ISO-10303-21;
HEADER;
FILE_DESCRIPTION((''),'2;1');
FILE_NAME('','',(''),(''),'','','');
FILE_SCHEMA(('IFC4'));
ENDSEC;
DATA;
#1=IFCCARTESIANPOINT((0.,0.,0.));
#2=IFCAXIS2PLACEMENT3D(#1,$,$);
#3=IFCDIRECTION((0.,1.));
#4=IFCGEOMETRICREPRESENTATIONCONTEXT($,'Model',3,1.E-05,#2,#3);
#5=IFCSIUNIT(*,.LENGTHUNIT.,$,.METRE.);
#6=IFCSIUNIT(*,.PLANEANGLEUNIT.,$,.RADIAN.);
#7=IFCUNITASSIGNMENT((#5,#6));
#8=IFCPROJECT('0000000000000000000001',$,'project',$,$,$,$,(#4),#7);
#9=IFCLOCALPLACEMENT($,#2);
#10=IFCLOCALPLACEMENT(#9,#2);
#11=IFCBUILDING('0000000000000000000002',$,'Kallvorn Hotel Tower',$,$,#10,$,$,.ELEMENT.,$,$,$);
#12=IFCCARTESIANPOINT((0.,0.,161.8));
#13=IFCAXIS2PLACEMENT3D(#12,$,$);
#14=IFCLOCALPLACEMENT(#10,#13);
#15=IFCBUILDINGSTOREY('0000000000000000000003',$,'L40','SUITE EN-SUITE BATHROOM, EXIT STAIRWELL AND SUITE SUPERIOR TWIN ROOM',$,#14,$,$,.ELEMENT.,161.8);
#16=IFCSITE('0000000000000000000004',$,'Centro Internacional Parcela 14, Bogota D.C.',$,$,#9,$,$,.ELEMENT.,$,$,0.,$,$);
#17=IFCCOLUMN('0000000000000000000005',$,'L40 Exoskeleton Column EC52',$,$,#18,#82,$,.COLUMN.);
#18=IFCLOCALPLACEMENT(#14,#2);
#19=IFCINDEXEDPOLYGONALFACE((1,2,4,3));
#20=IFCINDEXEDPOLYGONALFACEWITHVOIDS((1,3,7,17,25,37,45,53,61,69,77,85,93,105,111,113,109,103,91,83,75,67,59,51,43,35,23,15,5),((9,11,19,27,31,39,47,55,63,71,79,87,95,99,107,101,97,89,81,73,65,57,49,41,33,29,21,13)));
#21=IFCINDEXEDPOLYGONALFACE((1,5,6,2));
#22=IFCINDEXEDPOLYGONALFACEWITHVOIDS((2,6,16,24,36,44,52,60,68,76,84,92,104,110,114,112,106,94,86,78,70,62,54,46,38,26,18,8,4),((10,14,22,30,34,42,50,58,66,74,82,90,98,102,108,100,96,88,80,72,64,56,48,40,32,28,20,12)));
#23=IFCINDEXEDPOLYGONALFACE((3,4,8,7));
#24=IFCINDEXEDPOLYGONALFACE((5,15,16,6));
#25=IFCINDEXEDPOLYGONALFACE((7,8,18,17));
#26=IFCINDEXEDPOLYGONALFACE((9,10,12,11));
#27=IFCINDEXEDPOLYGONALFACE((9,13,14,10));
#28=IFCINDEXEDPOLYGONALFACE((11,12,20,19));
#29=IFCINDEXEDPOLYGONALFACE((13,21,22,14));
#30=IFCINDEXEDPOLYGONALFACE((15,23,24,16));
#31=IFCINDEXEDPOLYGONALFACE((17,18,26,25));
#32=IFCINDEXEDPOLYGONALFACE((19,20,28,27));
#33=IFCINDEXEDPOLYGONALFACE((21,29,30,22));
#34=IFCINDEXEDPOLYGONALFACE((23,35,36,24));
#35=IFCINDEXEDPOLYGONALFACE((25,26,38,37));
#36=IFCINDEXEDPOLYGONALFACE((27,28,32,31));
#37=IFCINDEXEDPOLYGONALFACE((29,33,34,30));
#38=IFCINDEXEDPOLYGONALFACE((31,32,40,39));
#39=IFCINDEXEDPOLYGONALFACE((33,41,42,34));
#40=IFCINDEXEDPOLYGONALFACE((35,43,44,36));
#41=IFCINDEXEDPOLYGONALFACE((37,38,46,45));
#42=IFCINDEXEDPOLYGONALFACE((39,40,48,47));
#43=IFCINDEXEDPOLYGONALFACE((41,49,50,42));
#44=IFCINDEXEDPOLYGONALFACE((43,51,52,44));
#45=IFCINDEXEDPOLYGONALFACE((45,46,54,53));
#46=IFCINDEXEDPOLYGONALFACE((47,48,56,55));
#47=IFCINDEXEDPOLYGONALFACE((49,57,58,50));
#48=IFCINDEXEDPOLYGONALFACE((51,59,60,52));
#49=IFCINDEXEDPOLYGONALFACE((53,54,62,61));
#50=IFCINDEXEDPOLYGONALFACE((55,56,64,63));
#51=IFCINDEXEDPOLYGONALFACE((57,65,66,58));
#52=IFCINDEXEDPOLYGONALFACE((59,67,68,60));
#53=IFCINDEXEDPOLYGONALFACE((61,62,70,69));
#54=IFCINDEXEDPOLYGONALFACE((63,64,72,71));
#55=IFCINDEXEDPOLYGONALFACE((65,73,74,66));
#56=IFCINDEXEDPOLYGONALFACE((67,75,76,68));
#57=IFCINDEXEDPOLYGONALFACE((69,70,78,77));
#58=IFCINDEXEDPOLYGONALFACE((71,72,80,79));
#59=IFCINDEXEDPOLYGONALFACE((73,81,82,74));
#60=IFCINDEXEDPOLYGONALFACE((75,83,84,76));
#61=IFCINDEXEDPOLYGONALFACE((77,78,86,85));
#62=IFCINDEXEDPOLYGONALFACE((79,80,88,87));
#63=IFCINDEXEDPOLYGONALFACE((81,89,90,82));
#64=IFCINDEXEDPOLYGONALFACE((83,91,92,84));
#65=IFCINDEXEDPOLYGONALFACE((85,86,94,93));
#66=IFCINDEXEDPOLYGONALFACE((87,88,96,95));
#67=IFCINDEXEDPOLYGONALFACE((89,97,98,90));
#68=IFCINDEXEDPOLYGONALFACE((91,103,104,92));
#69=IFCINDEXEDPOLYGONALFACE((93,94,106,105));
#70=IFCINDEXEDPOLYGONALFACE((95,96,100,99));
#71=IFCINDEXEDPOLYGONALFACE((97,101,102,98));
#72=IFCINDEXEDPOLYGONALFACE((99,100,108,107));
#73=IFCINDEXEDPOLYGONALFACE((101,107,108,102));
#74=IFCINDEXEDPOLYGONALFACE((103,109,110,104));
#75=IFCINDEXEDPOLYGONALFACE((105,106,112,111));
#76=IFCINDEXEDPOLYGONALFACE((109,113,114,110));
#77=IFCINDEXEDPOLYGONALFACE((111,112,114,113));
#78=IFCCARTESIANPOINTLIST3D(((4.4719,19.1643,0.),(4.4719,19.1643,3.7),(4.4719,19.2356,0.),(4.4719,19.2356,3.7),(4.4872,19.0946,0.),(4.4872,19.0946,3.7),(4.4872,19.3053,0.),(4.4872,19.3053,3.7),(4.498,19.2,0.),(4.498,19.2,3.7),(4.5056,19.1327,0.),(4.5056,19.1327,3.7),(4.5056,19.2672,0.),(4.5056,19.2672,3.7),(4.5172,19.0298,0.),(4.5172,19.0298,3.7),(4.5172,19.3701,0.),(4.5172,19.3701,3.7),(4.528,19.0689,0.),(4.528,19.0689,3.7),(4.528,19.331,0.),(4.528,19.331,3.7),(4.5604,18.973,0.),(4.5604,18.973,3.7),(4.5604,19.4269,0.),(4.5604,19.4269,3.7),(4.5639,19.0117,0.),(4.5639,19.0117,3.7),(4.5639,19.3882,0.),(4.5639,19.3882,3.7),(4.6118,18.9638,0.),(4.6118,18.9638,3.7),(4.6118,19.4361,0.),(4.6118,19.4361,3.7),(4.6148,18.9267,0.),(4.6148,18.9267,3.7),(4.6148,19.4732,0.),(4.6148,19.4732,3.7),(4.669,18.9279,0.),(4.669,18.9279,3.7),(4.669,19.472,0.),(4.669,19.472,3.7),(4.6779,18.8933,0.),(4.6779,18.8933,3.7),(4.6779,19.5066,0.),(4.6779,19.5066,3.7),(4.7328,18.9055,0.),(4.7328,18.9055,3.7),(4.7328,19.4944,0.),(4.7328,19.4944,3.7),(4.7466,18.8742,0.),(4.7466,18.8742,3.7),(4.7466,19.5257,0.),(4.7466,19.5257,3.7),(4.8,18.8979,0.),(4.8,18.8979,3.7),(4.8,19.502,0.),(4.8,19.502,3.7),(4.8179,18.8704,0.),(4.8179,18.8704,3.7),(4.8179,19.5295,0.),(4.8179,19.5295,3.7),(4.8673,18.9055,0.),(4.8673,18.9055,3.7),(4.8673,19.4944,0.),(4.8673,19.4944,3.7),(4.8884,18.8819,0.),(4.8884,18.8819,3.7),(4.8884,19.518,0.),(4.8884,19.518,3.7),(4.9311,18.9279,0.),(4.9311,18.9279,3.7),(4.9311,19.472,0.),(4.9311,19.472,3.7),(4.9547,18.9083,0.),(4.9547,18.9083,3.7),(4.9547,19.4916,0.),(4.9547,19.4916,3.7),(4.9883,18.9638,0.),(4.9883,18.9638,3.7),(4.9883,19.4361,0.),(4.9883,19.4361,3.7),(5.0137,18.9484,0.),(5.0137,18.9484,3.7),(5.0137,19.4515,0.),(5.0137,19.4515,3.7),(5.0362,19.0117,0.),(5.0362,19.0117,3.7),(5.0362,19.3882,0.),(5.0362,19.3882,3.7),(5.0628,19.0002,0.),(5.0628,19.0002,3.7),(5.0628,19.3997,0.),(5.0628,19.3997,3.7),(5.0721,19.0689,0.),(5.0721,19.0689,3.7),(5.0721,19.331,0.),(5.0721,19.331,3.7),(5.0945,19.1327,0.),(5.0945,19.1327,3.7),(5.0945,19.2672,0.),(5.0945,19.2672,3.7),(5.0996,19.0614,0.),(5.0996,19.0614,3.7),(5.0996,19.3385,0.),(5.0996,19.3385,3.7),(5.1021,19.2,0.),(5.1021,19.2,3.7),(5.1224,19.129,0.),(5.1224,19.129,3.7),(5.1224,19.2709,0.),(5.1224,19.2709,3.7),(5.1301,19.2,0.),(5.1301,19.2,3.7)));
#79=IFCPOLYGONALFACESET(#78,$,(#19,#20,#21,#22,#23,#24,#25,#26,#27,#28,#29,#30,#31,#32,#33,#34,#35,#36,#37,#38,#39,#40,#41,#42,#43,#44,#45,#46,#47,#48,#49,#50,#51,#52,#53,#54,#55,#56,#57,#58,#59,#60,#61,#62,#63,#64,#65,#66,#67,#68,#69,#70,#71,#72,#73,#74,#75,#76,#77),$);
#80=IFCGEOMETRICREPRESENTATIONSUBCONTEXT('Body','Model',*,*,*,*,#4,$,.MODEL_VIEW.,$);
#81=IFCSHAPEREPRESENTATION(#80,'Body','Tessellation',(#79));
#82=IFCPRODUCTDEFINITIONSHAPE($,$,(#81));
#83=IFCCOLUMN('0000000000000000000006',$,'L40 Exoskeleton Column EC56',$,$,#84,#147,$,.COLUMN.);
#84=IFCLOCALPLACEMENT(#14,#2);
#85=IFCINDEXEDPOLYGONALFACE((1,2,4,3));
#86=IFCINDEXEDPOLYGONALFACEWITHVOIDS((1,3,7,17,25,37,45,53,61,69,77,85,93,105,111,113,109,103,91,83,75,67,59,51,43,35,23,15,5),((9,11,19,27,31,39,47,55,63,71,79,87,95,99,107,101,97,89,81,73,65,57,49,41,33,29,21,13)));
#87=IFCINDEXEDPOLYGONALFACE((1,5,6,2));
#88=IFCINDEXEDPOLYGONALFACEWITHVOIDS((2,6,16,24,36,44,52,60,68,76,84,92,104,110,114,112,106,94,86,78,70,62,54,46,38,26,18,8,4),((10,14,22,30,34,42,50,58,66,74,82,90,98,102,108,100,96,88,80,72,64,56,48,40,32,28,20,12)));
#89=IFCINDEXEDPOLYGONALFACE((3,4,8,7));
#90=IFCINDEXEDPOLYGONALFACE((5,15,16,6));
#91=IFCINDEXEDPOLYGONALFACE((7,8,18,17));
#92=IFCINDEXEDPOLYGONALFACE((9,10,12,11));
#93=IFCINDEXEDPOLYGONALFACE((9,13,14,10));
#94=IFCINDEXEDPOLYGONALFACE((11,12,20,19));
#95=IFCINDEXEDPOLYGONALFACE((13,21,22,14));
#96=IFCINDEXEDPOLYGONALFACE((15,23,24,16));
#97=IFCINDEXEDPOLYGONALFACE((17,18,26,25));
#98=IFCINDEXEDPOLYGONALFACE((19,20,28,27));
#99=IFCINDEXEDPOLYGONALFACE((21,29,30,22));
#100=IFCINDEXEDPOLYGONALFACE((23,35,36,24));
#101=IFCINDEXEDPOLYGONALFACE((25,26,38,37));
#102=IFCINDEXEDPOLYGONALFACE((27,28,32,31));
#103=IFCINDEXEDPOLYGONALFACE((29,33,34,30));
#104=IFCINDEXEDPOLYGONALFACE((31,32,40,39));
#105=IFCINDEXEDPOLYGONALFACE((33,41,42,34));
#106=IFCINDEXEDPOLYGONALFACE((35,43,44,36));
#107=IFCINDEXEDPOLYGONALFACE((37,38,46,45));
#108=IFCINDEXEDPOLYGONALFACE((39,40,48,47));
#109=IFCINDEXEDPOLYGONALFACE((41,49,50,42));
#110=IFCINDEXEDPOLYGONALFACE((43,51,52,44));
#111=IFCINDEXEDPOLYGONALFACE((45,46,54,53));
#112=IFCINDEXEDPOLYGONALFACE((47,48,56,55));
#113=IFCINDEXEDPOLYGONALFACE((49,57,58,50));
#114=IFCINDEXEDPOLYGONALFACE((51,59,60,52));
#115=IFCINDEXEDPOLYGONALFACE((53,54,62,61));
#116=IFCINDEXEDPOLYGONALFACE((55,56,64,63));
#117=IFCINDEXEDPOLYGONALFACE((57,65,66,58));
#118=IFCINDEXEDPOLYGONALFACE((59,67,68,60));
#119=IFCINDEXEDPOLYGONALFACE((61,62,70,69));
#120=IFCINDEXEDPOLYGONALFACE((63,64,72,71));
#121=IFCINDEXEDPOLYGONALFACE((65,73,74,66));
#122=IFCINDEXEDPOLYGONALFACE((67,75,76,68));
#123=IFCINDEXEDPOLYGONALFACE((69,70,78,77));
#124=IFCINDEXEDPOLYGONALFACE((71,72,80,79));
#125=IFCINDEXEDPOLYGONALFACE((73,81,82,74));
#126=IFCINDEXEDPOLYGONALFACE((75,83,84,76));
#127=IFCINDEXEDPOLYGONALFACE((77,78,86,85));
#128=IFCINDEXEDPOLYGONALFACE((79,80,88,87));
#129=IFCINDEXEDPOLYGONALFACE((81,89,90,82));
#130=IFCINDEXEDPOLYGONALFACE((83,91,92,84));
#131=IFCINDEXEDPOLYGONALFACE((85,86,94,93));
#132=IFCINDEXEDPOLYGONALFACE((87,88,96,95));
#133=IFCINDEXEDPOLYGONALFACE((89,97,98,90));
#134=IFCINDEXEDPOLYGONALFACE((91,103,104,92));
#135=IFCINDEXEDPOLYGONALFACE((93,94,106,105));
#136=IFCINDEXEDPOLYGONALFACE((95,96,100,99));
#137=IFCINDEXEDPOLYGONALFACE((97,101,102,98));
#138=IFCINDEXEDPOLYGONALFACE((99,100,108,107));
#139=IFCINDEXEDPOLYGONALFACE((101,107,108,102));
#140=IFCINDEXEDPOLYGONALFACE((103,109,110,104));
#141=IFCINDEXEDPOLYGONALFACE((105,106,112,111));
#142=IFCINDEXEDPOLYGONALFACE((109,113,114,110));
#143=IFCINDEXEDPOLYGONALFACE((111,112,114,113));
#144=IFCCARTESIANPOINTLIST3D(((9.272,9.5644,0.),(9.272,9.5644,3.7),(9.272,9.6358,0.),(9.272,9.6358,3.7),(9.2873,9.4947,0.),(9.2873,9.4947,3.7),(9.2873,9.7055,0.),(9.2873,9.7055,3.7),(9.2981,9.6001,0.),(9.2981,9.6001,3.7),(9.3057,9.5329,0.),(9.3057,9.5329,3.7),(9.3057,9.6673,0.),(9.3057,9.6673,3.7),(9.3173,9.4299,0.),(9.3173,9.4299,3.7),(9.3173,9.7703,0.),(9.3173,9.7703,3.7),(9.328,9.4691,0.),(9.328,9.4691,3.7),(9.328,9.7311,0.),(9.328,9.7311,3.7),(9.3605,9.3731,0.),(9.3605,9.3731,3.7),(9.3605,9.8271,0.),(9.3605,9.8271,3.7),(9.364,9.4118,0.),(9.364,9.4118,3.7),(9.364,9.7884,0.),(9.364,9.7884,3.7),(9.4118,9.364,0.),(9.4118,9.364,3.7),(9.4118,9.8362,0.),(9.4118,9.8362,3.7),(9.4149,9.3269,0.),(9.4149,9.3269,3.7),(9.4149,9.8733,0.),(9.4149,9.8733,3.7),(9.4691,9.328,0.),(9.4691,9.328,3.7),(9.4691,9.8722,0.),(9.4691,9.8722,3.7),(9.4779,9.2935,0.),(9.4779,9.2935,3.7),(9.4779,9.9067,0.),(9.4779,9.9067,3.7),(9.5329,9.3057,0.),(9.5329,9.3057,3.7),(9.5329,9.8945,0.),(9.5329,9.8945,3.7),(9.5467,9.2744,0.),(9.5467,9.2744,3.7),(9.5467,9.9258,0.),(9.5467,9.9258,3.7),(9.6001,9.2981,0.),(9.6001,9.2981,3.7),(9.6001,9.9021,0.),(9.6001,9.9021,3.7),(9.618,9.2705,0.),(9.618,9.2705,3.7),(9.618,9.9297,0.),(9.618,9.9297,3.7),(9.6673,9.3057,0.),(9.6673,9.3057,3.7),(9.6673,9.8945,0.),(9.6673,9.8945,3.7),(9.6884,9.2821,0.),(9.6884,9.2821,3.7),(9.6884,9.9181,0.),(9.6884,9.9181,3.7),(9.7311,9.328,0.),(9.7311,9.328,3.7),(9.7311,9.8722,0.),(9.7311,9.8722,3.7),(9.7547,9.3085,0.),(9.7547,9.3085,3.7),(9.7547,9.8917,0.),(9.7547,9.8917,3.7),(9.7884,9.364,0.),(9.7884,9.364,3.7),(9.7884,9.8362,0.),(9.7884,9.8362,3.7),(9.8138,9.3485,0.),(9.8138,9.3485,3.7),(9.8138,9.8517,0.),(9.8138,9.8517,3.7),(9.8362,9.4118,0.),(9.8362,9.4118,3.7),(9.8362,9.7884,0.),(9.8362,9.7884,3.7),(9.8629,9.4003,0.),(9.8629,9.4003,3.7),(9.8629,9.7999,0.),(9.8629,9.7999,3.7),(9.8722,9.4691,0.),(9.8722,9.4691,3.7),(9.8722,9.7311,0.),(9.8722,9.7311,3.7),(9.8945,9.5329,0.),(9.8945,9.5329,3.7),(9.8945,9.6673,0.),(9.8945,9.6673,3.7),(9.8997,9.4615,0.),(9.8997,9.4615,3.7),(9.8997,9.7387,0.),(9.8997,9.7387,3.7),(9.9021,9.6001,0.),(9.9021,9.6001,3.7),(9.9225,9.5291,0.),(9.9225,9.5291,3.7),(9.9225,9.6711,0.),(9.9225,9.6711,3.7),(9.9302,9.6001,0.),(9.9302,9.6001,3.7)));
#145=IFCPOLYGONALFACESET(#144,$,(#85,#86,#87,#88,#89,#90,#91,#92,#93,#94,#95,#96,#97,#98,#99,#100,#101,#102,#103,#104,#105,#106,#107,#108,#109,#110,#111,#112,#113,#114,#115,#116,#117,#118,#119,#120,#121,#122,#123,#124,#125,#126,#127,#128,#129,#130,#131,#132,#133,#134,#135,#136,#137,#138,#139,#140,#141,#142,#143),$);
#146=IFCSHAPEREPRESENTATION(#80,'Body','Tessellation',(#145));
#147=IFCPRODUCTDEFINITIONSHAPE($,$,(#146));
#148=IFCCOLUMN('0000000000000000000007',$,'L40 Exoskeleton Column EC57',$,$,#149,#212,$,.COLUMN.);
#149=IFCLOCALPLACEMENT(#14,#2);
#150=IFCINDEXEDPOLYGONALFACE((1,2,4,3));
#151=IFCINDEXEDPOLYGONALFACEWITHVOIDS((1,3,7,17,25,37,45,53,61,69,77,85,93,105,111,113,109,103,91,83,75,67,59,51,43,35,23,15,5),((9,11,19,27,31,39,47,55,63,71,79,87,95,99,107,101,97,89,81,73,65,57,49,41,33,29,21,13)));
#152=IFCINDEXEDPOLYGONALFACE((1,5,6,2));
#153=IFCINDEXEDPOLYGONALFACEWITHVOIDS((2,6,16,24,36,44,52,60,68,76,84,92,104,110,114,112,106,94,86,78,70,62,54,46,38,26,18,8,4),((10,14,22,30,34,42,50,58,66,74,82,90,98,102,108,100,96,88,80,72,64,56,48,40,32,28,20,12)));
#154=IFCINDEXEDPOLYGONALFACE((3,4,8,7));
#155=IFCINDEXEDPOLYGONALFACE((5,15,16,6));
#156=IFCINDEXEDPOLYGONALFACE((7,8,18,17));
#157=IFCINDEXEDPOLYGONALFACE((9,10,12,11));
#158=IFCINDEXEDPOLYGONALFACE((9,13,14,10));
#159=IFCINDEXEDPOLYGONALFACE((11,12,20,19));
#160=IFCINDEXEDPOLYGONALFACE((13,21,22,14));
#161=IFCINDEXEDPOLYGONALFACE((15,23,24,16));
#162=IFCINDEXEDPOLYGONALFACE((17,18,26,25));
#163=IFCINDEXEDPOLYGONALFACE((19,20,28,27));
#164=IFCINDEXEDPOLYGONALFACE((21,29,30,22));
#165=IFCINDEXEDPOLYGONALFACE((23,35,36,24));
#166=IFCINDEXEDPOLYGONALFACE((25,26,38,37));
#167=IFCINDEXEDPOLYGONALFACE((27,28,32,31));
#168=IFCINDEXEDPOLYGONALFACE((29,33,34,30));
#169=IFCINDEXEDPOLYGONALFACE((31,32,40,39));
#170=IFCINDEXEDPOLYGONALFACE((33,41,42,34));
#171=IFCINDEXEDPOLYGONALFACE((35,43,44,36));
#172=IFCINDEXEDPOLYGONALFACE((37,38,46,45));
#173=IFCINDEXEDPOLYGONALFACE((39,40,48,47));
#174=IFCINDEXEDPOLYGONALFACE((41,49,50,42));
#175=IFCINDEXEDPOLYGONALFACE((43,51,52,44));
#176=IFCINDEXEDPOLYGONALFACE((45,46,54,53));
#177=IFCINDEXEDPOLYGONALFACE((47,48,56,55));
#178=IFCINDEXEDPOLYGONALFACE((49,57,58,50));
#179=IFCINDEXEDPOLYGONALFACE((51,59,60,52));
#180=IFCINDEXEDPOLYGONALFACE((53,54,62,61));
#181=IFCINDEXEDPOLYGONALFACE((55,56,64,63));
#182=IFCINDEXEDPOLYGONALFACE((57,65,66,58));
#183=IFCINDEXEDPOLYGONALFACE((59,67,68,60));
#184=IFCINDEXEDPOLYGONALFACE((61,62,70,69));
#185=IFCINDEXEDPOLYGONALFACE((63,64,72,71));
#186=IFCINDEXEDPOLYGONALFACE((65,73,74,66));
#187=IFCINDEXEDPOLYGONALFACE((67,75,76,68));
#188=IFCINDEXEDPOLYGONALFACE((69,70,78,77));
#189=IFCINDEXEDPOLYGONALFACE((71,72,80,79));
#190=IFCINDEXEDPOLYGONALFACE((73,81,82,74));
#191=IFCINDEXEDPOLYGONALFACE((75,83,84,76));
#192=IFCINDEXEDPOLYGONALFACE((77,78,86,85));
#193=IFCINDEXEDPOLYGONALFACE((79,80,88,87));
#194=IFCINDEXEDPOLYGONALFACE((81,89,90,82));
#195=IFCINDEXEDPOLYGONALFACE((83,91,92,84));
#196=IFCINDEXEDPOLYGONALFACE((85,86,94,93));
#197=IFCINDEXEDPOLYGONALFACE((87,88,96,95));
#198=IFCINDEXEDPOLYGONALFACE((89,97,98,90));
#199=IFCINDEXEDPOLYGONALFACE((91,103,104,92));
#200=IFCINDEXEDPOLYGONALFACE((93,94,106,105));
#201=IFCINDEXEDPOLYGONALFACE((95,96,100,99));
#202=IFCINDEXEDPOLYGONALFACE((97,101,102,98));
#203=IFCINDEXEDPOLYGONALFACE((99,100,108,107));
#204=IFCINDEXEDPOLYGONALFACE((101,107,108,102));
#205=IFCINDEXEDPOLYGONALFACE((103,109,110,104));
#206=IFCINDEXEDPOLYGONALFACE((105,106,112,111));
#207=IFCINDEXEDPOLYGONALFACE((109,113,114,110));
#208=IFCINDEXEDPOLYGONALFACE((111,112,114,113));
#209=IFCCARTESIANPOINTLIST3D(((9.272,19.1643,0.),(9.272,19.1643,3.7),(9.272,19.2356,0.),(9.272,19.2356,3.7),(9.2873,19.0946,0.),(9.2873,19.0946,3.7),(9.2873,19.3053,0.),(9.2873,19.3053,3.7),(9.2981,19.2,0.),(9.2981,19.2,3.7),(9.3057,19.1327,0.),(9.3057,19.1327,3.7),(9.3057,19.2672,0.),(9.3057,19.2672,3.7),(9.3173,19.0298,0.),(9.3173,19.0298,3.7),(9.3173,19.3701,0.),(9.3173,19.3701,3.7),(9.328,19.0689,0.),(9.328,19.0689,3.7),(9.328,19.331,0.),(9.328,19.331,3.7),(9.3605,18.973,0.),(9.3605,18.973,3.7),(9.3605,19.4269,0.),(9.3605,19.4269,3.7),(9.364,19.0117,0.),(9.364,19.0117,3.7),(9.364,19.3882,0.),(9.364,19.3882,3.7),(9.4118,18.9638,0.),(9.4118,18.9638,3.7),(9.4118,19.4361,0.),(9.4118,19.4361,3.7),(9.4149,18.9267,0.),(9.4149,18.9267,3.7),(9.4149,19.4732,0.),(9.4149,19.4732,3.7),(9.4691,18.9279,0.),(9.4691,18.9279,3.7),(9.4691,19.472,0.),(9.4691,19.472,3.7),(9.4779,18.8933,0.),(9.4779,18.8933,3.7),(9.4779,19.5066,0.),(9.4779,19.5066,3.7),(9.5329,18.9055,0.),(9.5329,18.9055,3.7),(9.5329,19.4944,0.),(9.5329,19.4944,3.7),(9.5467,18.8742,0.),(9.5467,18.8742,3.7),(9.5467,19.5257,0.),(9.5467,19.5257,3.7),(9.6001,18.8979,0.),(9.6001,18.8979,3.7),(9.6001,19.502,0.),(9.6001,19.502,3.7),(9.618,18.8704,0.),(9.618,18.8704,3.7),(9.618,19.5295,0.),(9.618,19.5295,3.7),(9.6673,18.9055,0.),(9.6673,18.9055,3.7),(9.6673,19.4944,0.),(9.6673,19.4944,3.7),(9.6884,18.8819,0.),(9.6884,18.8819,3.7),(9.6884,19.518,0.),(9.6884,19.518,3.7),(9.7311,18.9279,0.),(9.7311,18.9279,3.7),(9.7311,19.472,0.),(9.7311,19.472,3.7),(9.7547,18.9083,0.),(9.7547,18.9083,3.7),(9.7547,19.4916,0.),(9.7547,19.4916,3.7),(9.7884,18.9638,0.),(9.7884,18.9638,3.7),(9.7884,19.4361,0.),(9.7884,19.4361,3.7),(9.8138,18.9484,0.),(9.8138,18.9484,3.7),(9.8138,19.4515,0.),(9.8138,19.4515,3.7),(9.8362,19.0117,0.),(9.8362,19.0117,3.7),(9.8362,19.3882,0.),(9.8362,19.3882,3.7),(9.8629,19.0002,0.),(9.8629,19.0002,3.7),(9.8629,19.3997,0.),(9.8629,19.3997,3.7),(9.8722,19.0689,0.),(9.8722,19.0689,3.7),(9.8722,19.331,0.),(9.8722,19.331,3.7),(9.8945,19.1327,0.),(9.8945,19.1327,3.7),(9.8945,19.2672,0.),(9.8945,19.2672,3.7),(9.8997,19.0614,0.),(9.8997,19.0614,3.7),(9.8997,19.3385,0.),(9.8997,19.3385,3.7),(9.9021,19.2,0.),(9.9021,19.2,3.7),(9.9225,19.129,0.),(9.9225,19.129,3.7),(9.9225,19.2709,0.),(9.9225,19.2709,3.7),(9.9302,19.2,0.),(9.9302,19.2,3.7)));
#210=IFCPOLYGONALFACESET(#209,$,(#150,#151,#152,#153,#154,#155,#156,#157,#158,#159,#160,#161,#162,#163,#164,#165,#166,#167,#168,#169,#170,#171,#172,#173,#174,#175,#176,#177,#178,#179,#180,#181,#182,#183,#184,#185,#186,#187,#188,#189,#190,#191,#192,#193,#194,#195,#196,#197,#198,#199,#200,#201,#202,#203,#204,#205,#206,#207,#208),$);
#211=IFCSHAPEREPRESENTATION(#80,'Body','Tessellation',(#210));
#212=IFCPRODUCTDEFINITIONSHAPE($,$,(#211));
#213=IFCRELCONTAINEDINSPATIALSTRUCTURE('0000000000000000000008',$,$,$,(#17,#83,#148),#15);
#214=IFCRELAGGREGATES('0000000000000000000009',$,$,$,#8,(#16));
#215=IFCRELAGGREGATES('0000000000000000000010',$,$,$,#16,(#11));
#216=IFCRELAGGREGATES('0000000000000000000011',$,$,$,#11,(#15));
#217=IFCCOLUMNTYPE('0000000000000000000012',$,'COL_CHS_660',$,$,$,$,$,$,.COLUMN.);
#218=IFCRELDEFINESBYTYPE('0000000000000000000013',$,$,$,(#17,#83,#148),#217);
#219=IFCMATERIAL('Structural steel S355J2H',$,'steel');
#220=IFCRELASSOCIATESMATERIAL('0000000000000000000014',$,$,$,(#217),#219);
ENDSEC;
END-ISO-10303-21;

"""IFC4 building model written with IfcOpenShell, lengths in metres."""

from ifc_helpers import new_model, si_unit, direction, frame, origin, origin_2d, place, context, subcontext, project, spatial, hollow_circle, extrude, material, material_profile, profile_set, type_object, element, save


model = new_model("IFC4")

# Units and contexts
model_context = context("Model", 3, precision=1e-05, world=origin(), true_north=direction((0.0, 1.0)))
body_context = subcontext(model_context, "Body", "Model", "MODEL_VIEW")
ifc_project = project(units=[si_unit("LENGTHUNIT", "METRE"), si_unit("PLANEANGLEUNIT", "RADIAN")], contexts=[model_context])

# Site, building, storey
site_placement = place(None, origin())
site = spatial("IfcSite", under=ifc_project, at=site_placement, Name="Centro Internacional Parcela 14, Bogota D.C.", CompositionType="ELEMENT", RefElevation=0.0)
building_placement = place(site_placement, origin())
building = spatial("IfcBuilding", under=site, at=building_placement, Name="Kallvorn Hotel Tower", CompositionType="ELEMENT")
storey_placement = place(building_placement, frame((0.0, 0.0, 161.8)))
storey = spatial("IfcBuildingStorey", under=building, at=storey_placement, Name="L40", Description="SUITE EN-SUITE BATHROOM, EXIT STAIRWELL AND SUITE SUPERIOR TWIN ROOM", CompositionType="ELEMENT", Elevation=161.8)

# Columns
ifc_material_1 = material(Name="Structural steel S355J2H", Category="steel")
ifc_material_profile_1 = material_profile(ifc_material_1, hollow_circle(Radius=0.3301, WallThickness=0.0281, at=origin_2d()), Name="CHS 660x28")
ifc_profile_set_1 = profile_set([ifc_material_profile_1], Name="Structural steel S355J2H")
column_type_1 = type_object("IfcColumnType", Name="COL_CHS_660", PredefinedType="COLUMN", material=ifc_profile_set_1)
for number, where, z_axis, x_axis, name in (
    (1, (4.8, 19.2, 0.0), (0.0, 0.0, 1.0), (1.0, 0.0, 0.0), "L40 Exoskeleton Column EC52"),
    (2, (9.6001, 9.6001, 0.0), (0.0, 0.0, 1.0), (1.0, 0.0, 0.0), "L40 Exoskeleton Column EC56"),
    (3, (9.6001, 19.2, 0.0), (0.0, 0.0, 1.0), (1.0, 0.0, 0.0), "L40 Exoskeleton Column EC57"),
):
    element("IfcColumn", number, at=place(storey_placement, frame(where, z_axis=z_axis, x_axis=x_axis)), inside=storey, type_object=column_type_1, Name=name, PredefinedType="COLUMN", context=body_context, shape_type="SweptSolid", body=[
        extrude(hollow_circle(Radius=0.3301, WallThickness=0.0281, at=origin_2d()), origin(), (0.0, 0.0, 1.0), 3.7),
    ])

save(model, "model.ifc")
